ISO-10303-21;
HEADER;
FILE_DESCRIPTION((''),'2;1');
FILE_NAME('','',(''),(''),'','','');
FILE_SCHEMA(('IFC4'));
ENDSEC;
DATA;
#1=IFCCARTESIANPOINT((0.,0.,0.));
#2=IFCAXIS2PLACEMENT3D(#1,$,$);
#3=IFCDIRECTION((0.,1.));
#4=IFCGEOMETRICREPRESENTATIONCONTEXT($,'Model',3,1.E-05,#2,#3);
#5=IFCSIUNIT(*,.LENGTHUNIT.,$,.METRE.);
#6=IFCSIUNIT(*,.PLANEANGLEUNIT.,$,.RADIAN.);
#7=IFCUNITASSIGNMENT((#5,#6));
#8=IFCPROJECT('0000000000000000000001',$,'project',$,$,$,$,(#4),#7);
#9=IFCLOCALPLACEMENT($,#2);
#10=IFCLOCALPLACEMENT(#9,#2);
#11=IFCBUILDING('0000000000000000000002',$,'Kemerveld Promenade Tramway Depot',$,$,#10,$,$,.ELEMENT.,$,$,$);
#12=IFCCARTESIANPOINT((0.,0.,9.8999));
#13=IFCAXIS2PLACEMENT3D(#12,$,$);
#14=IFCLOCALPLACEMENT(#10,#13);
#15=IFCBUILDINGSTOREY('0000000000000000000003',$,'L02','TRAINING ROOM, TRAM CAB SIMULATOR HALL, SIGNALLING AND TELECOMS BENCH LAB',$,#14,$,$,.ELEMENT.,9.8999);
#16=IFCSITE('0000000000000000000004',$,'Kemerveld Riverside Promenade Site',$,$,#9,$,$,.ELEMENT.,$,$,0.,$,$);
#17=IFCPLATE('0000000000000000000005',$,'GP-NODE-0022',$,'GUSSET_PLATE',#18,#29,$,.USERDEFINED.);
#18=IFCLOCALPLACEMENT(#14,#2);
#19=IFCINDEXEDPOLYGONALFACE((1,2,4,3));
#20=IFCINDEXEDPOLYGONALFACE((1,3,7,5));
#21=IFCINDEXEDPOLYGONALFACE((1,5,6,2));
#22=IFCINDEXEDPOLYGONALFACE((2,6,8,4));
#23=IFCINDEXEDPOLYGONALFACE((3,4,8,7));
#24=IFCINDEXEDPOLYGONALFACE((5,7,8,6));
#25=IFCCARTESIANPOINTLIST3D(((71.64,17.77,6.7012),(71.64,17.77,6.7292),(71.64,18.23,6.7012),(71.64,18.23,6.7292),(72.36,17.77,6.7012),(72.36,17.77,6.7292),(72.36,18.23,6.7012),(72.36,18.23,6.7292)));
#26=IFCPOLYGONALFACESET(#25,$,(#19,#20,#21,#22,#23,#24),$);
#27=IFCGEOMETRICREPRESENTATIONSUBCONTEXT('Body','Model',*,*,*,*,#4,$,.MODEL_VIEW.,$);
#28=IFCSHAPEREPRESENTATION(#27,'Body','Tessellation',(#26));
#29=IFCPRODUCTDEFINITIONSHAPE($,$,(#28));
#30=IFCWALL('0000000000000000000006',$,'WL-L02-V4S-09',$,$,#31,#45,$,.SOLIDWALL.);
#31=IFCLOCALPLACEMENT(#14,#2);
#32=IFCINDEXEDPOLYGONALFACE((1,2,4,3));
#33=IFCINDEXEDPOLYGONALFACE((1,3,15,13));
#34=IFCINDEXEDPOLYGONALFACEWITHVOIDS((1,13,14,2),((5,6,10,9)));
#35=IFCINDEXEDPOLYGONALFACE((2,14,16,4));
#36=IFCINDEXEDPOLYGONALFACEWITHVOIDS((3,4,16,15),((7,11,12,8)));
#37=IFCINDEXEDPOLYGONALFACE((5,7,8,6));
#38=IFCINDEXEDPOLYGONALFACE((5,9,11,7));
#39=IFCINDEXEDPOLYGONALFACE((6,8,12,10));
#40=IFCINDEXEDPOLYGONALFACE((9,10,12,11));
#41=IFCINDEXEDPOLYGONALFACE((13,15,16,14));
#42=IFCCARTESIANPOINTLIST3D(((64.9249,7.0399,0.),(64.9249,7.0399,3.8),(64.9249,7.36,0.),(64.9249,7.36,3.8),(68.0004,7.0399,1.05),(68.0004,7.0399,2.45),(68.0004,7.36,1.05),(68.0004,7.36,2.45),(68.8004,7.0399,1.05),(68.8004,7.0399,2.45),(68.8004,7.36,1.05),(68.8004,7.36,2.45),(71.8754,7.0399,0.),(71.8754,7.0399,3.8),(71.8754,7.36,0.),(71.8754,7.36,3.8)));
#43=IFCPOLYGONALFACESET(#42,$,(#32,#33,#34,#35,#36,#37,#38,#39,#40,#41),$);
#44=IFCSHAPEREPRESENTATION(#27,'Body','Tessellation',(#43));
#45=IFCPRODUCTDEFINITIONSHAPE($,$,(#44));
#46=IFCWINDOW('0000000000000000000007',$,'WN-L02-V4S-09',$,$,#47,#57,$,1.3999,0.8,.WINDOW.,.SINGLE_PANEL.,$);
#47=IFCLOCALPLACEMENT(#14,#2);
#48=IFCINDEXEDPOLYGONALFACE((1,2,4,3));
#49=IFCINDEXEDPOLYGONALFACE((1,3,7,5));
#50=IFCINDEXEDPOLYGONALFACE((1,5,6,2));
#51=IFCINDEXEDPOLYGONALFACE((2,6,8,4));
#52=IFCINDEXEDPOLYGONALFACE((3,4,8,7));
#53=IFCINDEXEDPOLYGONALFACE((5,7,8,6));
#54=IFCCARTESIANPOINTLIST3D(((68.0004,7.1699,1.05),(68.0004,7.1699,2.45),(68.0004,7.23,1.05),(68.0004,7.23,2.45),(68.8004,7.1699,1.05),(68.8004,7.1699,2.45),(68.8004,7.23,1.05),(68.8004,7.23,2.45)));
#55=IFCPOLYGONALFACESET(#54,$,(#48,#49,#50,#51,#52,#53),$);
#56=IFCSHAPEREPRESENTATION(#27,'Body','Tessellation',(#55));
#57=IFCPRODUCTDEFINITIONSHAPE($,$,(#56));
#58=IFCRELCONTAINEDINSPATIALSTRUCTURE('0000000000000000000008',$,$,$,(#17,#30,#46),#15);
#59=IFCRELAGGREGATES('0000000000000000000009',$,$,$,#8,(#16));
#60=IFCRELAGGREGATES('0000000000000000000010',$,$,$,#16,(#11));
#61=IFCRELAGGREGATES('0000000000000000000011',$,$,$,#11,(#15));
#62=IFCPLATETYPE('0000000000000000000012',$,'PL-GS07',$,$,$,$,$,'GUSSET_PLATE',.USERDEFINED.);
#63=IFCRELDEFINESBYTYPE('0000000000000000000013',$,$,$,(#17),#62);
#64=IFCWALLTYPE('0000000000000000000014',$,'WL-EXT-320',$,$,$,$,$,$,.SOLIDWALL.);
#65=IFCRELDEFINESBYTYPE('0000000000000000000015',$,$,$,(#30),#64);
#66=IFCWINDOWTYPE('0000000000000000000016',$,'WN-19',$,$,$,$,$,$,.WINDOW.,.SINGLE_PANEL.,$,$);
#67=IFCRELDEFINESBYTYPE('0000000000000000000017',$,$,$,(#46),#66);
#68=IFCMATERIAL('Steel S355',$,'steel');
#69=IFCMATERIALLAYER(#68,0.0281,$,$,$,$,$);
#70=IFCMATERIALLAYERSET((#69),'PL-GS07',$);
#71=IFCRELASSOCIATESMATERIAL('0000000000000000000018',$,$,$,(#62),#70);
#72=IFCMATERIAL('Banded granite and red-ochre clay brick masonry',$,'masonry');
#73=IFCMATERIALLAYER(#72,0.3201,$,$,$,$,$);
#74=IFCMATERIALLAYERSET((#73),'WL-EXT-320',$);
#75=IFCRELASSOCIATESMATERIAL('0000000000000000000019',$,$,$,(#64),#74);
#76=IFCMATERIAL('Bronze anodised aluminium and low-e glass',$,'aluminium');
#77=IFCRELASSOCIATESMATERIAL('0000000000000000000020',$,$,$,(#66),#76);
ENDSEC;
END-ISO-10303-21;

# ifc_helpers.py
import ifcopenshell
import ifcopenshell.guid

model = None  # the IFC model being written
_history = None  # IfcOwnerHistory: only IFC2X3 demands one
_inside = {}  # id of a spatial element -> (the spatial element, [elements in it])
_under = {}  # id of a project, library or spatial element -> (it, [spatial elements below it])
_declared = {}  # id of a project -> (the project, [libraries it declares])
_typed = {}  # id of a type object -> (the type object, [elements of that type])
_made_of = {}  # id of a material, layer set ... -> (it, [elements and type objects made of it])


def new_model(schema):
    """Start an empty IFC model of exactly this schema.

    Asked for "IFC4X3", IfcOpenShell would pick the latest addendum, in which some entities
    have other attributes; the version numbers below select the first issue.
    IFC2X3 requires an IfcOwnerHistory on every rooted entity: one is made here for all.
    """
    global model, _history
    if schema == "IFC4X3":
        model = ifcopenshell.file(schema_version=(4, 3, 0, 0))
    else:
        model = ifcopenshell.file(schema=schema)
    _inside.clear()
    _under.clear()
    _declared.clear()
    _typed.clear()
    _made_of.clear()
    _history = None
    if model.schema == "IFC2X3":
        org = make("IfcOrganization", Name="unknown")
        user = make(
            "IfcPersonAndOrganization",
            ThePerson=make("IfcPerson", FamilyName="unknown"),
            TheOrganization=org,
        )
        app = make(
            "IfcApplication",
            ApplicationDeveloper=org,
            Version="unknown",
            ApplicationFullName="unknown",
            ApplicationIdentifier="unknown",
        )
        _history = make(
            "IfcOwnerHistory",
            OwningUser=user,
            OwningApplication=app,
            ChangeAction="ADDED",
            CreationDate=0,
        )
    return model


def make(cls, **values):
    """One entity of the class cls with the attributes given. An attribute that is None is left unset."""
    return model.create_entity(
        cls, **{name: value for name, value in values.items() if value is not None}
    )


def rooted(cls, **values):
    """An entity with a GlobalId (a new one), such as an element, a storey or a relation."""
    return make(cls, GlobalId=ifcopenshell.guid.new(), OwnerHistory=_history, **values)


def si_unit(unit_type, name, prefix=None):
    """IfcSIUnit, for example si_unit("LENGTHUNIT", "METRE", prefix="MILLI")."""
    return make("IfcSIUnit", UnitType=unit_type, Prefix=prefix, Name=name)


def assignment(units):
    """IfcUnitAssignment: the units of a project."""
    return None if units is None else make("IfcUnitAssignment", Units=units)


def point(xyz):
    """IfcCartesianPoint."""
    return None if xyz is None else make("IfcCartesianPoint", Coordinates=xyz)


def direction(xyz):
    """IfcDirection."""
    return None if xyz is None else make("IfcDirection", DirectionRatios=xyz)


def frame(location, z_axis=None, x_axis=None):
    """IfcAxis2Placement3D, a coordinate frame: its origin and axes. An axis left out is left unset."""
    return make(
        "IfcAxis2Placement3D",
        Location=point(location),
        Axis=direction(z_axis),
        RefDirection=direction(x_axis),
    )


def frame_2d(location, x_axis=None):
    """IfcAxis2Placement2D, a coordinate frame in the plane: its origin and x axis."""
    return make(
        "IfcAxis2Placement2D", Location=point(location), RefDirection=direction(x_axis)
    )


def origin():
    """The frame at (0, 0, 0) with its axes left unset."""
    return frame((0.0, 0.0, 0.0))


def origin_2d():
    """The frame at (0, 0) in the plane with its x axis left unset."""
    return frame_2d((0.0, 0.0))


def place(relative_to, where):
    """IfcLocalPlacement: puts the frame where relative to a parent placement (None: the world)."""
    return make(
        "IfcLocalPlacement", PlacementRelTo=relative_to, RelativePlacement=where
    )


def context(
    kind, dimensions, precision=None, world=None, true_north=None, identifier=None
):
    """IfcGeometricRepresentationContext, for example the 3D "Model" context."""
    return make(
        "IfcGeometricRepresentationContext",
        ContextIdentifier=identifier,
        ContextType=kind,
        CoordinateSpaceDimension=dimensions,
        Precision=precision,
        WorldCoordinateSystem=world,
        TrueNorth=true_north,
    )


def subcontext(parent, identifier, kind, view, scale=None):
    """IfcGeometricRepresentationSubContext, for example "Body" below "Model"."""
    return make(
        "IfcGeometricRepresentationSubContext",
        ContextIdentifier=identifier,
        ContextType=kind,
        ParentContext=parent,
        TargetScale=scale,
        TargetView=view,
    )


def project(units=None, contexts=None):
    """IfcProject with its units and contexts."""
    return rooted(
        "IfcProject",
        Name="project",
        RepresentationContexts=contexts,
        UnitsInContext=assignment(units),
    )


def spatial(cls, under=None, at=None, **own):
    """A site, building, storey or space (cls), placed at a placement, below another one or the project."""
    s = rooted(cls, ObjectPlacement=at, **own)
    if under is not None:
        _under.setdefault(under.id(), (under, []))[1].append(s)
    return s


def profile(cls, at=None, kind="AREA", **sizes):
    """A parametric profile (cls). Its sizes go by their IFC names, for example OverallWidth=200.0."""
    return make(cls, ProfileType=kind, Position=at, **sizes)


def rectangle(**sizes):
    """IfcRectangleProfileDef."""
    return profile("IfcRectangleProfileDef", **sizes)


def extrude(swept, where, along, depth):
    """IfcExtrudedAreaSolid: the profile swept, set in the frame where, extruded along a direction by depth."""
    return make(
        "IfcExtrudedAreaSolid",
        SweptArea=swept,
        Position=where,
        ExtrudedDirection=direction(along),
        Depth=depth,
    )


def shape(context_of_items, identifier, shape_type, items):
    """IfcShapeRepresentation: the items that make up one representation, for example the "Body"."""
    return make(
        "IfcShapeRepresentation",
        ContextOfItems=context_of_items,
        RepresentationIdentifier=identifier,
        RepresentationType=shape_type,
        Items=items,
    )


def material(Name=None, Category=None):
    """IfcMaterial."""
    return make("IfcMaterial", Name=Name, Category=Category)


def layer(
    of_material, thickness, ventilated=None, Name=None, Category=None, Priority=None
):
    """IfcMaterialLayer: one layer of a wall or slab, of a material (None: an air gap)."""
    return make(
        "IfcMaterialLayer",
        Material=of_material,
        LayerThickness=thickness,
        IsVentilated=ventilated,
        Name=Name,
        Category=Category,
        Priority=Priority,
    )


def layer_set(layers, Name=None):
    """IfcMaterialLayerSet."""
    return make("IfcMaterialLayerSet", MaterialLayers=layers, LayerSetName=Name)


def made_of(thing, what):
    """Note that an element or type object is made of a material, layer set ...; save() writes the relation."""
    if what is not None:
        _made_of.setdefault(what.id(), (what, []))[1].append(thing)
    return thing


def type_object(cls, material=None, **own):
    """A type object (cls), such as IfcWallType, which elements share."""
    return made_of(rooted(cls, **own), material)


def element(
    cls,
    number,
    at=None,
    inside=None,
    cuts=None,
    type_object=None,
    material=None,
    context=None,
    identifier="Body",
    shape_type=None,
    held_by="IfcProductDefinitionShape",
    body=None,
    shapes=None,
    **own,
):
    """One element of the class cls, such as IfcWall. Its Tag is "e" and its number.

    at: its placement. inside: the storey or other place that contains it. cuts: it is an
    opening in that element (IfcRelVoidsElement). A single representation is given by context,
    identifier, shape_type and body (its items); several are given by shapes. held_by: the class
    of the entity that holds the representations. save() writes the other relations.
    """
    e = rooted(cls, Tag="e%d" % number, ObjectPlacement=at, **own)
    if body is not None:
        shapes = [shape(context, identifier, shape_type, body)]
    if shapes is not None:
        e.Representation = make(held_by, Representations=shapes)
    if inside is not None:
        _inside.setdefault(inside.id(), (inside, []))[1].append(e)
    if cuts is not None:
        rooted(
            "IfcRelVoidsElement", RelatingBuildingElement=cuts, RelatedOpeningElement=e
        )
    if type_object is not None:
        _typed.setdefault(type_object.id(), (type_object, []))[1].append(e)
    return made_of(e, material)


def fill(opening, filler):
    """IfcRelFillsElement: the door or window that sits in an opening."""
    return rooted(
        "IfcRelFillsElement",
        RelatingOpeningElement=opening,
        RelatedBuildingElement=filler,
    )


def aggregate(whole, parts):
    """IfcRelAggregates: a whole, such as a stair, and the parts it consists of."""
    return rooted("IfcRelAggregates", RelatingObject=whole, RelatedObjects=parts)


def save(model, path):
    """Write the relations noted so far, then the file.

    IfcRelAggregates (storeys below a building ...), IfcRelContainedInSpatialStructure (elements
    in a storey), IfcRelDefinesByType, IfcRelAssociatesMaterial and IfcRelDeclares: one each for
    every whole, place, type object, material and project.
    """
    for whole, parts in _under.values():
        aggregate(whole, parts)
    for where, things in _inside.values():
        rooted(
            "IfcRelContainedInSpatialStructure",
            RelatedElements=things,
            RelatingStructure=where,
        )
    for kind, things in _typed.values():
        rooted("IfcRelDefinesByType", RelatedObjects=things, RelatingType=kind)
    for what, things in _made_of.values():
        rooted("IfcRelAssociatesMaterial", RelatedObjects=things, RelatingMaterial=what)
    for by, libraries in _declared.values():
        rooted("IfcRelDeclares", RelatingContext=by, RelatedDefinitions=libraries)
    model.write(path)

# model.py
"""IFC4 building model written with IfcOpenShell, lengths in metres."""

from ifc_helpers import new_model, si_unit, direction, frame, frame_2d, origin, origin_2d, place, context, subcontext, project, spatial, rectangle, extrude, material, layer, layer_set, type_object, element, fill, save


model = new_model("IFC4")

# Units and contexts
model_context = context("Model", 3, precision=1e-05, world=origin(), true_north=direction((0.0, 1.0)))
body_context = subcontext(model_context, "Body", "Model", "MODEL_VIEW")
ifc_project = project(units=[si_unit("LENGTHUNIT", "METRE"), si_unit("PLANEANGLEUNIT", "RADIAN")], contexts=[model_context])

# Site, building, storey
site_placement = place(None, origin())
site = spatial("IfcSite", under=ifc_project, at=site_placement, Name="Kemerveld Riverside Promenade Site", CompositionType="ELEMENT", RefElevation=0.0)
building_placement = place(site_placement, origin())
building = spatial("IfcBuilding", under=site, at=building_placement, Name="Kemerveld Promenade Tramway Depot", CompositionType="ELEMENT")
storey_placement = place(building_placement, frame((0.0, 0.0, 9.8999)))
storey = spatial("IfcBuildingStorey", under=building, at=storey_placement, Name="L02", Description="TRAINING ROOM, TRAM CAB SIMULATOR HALL, SIGNALLING AND TELECOMS BENCH LAB", CompositionType="ELEMENT", Elevation=9.8999)

# Shared definitions
ifc_material_1 = material(Name="Steel S355", Category="steel")

# Plate
ifc_layer_1 = layer(ifc_material_1, 0.0281)
ifc_layer_set_1 = layer_set([ifc_layer_1], Name="PL-GS07")
plate_type_1 = type_object("IfcPlateType", Name="PL-GS07", ElementType="GUSSET_PLATE", PredefinedType="USERDEFINED", material=ifc_layer_set_1)
plate_1_placement = place(storey_placement, frame((72.0, 18.0, 6.7012), z_axis=(0.0, 0.0, 1.0), x_axis=(1.0, 0.0, 0.0)))
element("IfcPlate", 1, at=plate_1_placement, inside=storey, type_object=plate_type_1, Name="GP-NODE-0022", ObjectType="GUSSET_PLATE", PredefinedType="USERDEFINED", context=body_context, shape_type="SweptSolid", body=[
    extrude(rectangle(XDim=0.72, YDim=0.46, at=origin_2d()), origin(), (0.0, 0.0, 1.0), 0.0281),
])

# Wall, opening, window
ifc_material_2 = material(Name="Banded granite and red-ochre clay brick masonry", Category="masonry")
ifc_layer_2 = layer(ifc_material_2, 0.3201)
ifc_layer_set_2 = layer_set([ifc_layer_2], Name="WL-EXT-320")
wall_type = type_object("IfcWallType", Name="WL-EXT-320", PredefinedType="SOLIDWALL", material=ifc_layer_set_2)
wall_placement = place(storey_placement, frame((71.8752, 7.2, 0.0), z_axis=(0.0, 0.0, 1.0), x_axis=(-1.0, 0.0, 0.0)))
wall = element("IfcWall", 2, at=wall_placement, inside=storey, type_object=wall_type, Name="WL-L02-V4S-09", PredefinedType="SOLIDWALL", context=body_context, shape_type="SweptSolid", body=[
    extrude(rectangle(XDim=6.9504, YDim=0.3201, at=frame_2d((3.4751, 0.0))), origin(), (0.0, 0.0, 1.0), 3.8),
])
opening_placement = place(wall_placement, frame((3.075, 0.0, 1.05)))
opening = element("IfcOpeningElement", 3, at=opening_placement, cuts=wall, PredefinedType="OPENING", context=body_context, shape_type="SweptSolid", body=[
    extrude(rectangle(XDim=0.8, YDim=1.3999, at=frame_2d((0.3999, 0.7))), frame((0.0, 0.1699, 0.0), z_axis=(0.0, -1.0, 0.0), x_axis=(1.0, 0.0, 0.0)), (0.0, 0.0, 1.0), 0.3401),
])
ifc_material_3 = material(Name="Bronze anodised aluminium and low-e glass", Category="aluminium")
window_type = type_object("IfcWindowType", Name="WN-19", PartitioningType="SINGLE_PANEL", PredefinedType="WINDOW", material=ifc_material_3)
window_placement = place(opening_placement, origin())
window = element("IfcWindow", 4, at=window_placement, inside=storey, type_object=window_type, Name="WN-L02-V4S-09", OverallHeight=1.3999, OverallWidth=0.8, PartitioningType="SINGLE_PANEL", PredefinedType="WINDOW", context=body_context, shape_type="SweptSolid", body=[
    extrude(rectangle(XDim=0.8, YDim=1.3999, at=frame_2d((0.3999, 0.7))), frame((0.0, 0.03, 0.0), z_axis=(0.0, -1.0, 0.0), x_axis=(1.0, 0.0, 0.0)), (0.0, 0.0, 1.0), 0.0601),
])
fill(opening, window)

save(model, "model.ifc")
